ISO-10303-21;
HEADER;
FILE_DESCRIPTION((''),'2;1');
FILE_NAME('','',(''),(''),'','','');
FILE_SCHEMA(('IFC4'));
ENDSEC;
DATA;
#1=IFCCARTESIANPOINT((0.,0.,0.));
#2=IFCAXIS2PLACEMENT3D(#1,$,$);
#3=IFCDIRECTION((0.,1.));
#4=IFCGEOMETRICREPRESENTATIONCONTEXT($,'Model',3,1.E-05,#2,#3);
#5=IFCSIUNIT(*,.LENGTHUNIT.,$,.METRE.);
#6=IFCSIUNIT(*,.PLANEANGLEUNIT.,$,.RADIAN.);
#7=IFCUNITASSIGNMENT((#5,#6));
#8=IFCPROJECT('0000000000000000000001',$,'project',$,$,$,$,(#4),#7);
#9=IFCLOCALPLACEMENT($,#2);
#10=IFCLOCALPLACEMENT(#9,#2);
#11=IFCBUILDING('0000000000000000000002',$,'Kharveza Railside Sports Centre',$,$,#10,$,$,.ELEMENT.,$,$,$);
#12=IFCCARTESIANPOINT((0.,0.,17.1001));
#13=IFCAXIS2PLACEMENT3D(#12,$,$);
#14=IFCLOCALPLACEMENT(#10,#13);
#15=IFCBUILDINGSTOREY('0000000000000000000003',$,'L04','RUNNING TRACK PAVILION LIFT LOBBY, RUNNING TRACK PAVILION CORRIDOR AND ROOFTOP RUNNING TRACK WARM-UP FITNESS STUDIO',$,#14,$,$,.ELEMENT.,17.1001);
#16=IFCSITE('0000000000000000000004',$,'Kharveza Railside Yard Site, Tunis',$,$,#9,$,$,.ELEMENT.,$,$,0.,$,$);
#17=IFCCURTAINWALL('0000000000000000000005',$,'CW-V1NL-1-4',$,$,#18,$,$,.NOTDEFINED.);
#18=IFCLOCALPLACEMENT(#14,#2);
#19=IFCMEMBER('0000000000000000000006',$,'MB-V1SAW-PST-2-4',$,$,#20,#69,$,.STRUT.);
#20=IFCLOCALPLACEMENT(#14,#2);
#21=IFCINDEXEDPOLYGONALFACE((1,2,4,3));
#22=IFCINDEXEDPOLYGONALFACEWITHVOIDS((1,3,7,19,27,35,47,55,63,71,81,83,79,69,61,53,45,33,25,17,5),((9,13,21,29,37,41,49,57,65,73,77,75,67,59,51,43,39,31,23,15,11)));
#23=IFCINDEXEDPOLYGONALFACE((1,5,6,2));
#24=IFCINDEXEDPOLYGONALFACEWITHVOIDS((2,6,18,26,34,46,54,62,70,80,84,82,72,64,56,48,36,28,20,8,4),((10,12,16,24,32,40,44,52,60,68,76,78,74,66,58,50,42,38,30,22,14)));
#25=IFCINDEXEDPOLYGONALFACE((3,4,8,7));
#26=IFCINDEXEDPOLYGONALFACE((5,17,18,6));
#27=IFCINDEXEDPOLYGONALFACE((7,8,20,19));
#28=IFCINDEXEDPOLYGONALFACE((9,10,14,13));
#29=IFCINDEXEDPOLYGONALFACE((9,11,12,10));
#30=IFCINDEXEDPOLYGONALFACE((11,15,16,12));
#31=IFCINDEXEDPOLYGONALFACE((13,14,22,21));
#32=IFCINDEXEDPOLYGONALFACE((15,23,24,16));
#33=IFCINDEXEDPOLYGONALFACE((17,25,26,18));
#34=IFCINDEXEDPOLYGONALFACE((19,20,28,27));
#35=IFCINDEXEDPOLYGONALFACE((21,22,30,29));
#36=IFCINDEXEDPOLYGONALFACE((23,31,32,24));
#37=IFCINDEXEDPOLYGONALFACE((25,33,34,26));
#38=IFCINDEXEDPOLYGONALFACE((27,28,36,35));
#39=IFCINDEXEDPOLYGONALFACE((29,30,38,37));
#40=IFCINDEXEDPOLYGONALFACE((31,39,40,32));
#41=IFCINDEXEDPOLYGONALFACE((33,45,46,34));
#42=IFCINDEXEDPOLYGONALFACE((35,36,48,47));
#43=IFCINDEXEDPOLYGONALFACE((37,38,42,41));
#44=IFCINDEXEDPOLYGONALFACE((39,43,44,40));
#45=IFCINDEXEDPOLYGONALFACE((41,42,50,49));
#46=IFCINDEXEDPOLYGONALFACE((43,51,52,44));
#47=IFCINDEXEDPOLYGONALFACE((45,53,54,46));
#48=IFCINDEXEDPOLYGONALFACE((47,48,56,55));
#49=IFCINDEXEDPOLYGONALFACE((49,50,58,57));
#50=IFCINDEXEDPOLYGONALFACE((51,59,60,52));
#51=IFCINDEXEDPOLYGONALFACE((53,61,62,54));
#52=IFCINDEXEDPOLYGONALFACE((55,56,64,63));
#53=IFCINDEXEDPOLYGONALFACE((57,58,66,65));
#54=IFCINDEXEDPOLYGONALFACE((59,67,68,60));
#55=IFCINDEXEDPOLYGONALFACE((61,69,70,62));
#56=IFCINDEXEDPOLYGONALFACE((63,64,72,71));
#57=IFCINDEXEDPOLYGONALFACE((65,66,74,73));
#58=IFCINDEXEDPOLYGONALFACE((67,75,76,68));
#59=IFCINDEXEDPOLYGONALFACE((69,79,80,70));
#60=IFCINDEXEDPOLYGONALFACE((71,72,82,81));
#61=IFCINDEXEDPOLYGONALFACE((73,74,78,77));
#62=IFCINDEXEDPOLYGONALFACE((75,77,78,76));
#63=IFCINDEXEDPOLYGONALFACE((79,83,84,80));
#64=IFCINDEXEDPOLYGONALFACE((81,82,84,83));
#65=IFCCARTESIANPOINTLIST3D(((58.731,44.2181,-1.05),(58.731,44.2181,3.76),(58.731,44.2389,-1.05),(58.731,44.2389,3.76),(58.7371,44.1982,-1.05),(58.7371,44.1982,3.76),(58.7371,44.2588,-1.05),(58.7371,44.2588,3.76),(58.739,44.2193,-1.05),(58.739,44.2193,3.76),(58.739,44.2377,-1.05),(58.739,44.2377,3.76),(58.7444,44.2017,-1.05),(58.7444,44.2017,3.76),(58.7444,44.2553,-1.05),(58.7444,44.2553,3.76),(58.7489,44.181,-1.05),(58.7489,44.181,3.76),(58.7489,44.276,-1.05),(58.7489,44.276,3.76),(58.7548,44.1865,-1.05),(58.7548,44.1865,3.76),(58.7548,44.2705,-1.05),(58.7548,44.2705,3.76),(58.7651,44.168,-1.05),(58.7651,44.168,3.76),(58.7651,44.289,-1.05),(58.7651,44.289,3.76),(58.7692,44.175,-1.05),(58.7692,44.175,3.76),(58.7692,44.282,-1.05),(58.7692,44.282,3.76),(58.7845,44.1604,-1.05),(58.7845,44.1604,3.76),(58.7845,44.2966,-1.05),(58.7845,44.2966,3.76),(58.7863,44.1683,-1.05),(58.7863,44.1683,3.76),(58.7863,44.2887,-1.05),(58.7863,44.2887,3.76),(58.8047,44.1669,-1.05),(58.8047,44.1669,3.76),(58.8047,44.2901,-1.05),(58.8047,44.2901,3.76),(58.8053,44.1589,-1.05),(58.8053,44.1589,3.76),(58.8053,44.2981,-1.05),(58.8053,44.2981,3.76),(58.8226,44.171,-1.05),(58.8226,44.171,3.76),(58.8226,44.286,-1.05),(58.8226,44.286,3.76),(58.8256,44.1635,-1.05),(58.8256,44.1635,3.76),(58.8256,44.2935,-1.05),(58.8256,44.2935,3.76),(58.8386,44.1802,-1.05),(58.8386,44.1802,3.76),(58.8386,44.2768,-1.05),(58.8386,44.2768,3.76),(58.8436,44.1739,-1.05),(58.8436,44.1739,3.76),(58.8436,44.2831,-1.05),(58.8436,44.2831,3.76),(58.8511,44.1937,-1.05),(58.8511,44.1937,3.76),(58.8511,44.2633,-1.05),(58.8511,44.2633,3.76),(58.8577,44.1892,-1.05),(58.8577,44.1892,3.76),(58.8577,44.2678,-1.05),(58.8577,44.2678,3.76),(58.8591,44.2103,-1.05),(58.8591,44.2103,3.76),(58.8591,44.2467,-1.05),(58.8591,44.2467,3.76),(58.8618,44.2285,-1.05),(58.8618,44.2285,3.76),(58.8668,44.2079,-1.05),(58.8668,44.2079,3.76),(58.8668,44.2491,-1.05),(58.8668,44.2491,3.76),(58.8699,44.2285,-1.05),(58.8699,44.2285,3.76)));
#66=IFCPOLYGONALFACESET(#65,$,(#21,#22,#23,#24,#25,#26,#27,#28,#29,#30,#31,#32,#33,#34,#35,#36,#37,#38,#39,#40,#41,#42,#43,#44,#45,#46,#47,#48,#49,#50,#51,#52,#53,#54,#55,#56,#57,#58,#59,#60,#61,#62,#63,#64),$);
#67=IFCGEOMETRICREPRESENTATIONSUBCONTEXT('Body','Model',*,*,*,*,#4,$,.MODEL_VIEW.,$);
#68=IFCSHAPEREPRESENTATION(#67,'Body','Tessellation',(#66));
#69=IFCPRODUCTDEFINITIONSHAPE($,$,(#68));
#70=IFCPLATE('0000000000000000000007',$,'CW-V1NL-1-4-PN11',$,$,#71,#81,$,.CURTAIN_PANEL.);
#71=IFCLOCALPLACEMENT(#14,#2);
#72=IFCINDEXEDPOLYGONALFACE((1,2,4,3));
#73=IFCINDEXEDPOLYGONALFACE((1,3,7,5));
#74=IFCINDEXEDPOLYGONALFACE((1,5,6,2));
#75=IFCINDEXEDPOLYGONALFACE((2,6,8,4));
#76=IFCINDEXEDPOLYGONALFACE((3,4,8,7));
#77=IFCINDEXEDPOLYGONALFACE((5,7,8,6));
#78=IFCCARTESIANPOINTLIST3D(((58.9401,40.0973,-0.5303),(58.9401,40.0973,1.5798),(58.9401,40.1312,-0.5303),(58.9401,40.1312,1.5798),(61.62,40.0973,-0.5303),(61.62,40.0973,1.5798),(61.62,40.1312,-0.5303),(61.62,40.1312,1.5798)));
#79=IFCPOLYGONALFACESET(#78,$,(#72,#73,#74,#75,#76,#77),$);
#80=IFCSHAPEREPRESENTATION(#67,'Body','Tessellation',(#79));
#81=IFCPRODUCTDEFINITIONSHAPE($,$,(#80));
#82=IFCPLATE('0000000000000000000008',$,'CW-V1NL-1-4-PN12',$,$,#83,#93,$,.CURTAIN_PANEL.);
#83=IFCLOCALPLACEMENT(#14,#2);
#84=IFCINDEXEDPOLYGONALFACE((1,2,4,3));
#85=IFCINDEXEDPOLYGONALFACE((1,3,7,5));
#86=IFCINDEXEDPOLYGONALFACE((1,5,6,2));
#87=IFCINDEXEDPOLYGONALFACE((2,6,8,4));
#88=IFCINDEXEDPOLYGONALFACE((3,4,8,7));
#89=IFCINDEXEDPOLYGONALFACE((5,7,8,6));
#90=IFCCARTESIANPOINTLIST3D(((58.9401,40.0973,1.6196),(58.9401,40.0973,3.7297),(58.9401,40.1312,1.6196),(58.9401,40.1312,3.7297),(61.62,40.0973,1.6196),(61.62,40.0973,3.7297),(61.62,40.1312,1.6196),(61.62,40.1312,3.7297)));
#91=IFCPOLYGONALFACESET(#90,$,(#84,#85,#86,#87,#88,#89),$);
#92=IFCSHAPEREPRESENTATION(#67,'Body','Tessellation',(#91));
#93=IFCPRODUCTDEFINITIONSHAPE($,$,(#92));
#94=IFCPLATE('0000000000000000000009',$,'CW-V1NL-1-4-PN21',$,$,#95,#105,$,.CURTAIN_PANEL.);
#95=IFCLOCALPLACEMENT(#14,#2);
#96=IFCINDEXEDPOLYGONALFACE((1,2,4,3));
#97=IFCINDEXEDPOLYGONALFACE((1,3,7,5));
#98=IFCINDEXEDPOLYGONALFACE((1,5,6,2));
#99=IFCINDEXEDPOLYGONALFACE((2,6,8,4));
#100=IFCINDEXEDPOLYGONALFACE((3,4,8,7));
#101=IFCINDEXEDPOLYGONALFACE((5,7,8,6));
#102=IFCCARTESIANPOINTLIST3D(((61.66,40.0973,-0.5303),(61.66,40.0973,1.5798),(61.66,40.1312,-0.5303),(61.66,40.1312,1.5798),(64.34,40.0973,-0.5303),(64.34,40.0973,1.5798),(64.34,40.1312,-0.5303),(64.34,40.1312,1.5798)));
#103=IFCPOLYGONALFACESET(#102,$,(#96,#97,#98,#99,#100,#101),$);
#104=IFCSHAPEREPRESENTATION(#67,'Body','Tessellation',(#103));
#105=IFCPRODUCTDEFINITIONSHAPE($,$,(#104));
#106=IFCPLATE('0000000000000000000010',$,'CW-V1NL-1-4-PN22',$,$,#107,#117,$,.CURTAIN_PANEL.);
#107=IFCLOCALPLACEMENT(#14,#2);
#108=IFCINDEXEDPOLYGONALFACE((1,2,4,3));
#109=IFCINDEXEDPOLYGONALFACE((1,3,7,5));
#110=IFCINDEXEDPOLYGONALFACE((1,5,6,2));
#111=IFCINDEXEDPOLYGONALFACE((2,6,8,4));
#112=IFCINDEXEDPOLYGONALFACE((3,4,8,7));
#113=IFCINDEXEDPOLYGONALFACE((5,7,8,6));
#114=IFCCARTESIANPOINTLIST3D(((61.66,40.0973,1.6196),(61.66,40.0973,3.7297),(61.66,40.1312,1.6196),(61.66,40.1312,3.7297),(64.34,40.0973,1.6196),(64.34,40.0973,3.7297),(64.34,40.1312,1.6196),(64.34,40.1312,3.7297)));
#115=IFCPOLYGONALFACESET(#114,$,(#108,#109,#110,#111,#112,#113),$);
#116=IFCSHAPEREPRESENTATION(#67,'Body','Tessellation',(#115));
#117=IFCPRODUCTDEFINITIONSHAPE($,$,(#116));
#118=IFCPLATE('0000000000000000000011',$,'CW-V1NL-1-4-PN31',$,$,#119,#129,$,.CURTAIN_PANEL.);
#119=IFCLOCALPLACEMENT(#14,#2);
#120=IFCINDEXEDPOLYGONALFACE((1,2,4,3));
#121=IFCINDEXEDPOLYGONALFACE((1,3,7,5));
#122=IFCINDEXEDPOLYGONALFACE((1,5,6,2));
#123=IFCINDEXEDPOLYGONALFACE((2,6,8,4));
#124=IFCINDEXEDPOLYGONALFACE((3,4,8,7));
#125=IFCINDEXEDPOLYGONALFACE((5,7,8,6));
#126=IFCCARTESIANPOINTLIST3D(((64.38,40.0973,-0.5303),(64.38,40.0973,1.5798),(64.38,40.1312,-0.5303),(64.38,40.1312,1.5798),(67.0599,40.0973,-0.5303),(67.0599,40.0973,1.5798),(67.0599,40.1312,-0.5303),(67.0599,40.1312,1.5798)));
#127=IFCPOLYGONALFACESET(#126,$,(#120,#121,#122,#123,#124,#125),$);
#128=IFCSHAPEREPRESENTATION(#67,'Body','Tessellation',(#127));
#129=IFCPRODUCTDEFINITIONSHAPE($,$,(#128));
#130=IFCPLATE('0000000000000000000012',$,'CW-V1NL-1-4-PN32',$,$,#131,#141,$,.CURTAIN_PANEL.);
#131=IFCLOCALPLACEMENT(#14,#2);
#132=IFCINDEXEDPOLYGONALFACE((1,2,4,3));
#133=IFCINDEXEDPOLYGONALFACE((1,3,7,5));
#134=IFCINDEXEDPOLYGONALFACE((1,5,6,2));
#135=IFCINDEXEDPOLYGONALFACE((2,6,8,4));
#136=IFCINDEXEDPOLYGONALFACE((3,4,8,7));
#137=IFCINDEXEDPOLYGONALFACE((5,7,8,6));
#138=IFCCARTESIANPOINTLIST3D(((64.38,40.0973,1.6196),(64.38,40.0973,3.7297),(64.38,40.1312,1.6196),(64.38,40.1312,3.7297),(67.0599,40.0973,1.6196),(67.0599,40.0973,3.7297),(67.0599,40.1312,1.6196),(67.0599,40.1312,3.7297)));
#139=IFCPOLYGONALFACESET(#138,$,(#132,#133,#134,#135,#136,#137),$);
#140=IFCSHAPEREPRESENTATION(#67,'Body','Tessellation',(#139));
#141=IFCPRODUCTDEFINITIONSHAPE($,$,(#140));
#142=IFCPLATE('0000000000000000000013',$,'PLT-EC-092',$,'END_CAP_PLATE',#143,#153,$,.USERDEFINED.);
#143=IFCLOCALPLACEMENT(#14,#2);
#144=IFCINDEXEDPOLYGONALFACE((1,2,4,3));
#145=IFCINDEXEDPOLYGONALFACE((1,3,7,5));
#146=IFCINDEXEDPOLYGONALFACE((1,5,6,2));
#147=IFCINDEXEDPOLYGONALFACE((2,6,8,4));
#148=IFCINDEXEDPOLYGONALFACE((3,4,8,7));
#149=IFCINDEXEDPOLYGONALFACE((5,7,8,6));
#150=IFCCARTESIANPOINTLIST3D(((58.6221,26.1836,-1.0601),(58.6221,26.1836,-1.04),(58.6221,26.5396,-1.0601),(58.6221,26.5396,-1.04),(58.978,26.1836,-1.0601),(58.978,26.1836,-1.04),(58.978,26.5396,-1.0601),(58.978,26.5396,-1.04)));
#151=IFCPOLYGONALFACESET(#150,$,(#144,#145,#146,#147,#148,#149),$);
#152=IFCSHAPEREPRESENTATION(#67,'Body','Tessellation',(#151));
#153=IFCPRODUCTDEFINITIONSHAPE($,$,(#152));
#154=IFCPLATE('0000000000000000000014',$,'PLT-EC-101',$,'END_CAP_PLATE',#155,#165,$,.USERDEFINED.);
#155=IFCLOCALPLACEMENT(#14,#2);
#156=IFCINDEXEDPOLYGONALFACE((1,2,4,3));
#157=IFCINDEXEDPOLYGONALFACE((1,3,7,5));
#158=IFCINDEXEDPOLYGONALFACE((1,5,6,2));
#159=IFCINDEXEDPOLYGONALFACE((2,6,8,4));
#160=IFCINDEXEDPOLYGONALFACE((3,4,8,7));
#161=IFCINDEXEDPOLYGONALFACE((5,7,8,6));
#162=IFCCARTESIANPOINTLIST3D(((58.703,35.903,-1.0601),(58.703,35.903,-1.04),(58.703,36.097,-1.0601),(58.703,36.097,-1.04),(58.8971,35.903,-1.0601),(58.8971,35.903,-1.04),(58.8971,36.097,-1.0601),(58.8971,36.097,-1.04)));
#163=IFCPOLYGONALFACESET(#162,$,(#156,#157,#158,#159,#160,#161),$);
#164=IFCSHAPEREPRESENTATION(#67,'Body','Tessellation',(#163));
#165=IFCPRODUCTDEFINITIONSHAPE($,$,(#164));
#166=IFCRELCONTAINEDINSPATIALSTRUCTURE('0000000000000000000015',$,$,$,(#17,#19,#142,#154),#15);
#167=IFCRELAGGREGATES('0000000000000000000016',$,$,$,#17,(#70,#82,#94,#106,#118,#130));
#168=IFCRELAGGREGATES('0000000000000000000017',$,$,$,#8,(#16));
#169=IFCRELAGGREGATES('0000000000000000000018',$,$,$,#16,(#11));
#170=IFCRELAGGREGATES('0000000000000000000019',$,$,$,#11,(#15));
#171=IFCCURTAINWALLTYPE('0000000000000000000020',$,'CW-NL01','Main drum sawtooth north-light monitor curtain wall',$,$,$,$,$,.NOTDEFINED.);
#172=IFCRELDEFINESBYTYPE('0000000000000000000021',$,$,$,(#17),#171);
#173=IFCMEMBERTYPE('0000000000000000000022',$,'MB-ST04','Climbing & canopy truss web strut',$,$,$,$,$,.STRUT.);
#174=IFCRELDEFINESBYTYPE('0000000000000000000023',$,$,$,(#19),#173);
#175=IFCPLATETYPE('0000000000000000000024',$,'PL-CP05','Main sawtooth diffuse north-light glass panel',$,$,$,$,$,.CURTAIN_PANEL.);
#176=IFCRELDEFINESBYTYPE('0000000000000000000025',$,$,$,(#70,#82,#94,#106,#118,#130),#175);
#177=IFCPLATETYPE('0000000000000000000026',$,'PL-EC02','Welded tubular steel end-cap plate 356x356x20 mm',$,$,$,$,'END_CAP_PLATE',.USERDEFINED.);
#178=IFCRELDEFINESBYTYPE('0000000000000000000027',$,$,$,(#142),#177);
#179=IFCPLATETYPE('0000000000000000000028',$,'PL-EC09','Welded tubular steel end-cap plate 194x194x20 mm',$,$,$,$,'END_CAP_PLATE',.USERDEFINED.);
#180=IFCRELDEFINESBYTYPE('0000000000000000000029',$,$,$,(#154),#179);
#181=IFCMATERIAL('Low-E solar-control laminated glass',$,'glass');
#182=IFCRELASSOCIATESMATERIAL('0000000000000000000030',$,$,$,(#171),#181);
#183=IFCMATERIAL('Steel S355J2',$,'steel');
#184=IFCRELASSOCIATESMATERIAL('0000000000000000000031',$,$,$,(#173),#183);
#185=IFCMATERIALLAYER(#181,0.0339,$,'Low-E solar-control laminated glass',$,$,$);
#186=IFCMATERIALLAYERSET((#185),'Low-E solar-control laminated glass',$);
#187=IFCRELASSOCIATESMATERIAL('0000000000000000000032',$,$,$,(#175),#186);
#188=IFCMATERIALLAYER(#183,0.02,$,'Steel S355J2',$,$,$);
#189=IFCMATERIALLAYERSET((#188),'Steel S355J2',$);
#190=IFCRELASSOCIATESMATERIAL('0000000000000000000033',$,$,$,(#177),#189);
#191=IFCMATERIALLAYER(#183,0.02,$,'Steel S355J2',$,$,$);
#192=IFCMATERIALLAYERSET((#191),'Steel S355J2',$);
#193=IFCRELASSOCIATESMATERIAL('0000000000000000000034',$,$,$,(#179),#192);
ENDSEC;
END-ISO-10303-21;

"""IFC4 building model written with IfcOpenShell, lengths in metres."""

from ifc_helpers import new_model, si_unit, direction, frame, origin, origin_2d, place, context, subcontext, project, spatial, rectangle, hollow_circle, extrude, material, layer, layer_set, material_profile, profile_set, type_object, element, aggregate, save


model = new_model("IFC4")

# Units and contexts
model_context = context("Model", 3, precision=1e-05, world=origin(), true_north=direction((0.0, 1.0)))
body_context = subcontext(model_context, "Body", "Model", "MODEL_VIEW")
ifc_project = project(units=[si_unit("LENGTHUNIT", "METRE"), si_unit("PLANEANGLEUNIT", "RADIAN")], contexts=[model_context])

# Site, building, storey
site_placement = place(None, origin())
site = spatial("IfcSite", under=ifc_project, at=site_placement, Name="Kharveza Railside Yard Site, Tunis", CompositionType="ELEMENT", RefElevation=0.0)
building_placement = place(site_placement, origin())
building = spatial("IfcBuilding", under=site, at=building_placement, Name="Kharveza Railside Sports Centre", CompositionType="ELEMENT")
storey_placement = place(building_placement, frame((0.0, 0.0, 17.1001)))
storey = spatial("IfcBuildingStorey", under=building, at=storey_placement, Name="L04", Description="RUNNING TRACK PAVILION LIFT LOBBY, RUNNING TRACK PAVILION CORRIDOR AND ROOFTOP RUNNING TRACK WARM-UP FITNESS STUDIO", CompositionType="ELEMENT", Elevation=17.1001)

# Curtain wall
ifc_material_1 = material(Name="Low-E solar-control laminated glass", Category="glass")
curtain_wall_type = type_object("IfcCurtainWallType", Name="CW-NL01", Description="Main drum sawtooth north-light monitor curtain wall", PredefinedType="NOTDEFINED", material=ifc_material_1)
curtain_wall_1_placement = place(storey_placement, origin())
curtain_wall_1 = element("IfcCurtainWall", 1, at=curtain_wall_1_placement, inside=storey, type_object=curtain_wall_type, Name="CW-V1NL-1-4", PredefinedType="NOTDEFINED")

# Member
ifc_material_2 = material(Name="Steel S355J2", Category="steel")
ifc_material_profile_1 = material_profile(ifc_material_2, hollow_circle(Radius=0.0698, WallThickness=0.0081, at=origin_2d()), Name="CHS 139.7x8.0")
ifc_profile_set_1 = profile_set([ifc_material_profile_1], Name="Steel S355J2")
member_type_1 = type_object("IfcMemberType", Name="MB-ST04", Description="Climbing & canopy truss web strut", PredefinedType="STRUT", material=ifc_profile_set_1)
for number, where, z_axis, x_axis, name in (
    (2, (58.8, 44.2285, -1.05), (0.0, 0.0, 1.0), (1.0, 0.0, 0.0), "MB-V1SAW-PST-2-4"),
):
    element("IfcMember", number, at=place(storey_placement, frame(where, z_axis=z_axis, x_axis=x_axis)), inside=storey, type_object=member_type_1, Name=name, PredefinedType="STRUT", context=body_context, shape_type="SweptSolid", body=[
        extrude(hollow_circle(Radius=0.0698, WallThickness=0.0081, at=origin_2d()), origin(), (0.0, 0.0, 1.0), 4.8101),
    ])

# Plates
ifc_layer_1 = layer(ifc_material_1, 0.0339, Name="Low-E solar-control laminated glass")
ifc_layer_set_1 = layer_set([ifc_layer_1], Name="Low-E solar-control laminated glass")
plate_type_1 = type_object("IfcPlateType", Name="PL-CP05", Description="Main sawtooth diffuse north-light glass panel", PredefinedType="CURTAIN_PANEL", material=ifc_layer_set_1)
plate_1_placement = place(storey_placement, frame((60.28, 40.1143, -0.5303), z_axis=(0.0, 0.0, 1.0), x_axis=(1.0, 0.0, 0.0)))
plate_1 = element("IfcPlate", 3, at=plate_1_placement, type_object=plate_type_1, Name="CW-V1NL-1-4-PN11", PredefinedType="CURTAIN_PANEL", context=body_context, shape_type="SweptSolid", body=[
    extrude(rectangle(XDim=2.6799, YDim=0.0339, at=origin_2d()), origin(), (0.0, 0.0, 1.0), 2.1101),
])
plate_2_placement = place(storey_placement, frame((60.28, 40.1143, 1.6196), z_axis=(0.0, 0.0, 1.0), x_axis=(1.0, 0.0, 0.0)))
plate_2 = element("IfcPlate", 4, at=plate_2_placement, type_object=plate_type_1, Name="CW-V1NL-1-4-PN12", PredefinedType="CURTAIN_PANEL", context=body_context, shape_type="SweptSolid", body=[
    extrude(rectangle(XDim=2.6799, YDim=0.0339, at=origin_2d()), origin(), (0.0, 0.0, 1.0), 2.1101),
])
plate_3_placement = place(storey_placement, frame((63.0, 40.1143, -0.5303), z_axis=(0.0, 0.0, 1.0), x_axis=(1.0, 0.0, 0.0)))
plate_3 = element("IfcPlate", 5, at=plate_3_placement, type_object=plate_type_1, Name="CW-V1NL-1-4-PN21", PredefinedType="CURTAIN_PANEL", context=body_context, shape_type="SweptSolid", body=[
    extrude(rectangle(XDim=2.6799, YDim=0.0339, at=origin_2d()), origin(), (0.0, 0.0, 1.0), 2.1101),
])
plate_4_placement = place(storey_placement, frame((63.0, 40.1143, 1.6196), z_axis=(0.0, 0.0, 1.0), x_axis=(1.0, 0.0, 0.0)))
plate_4 = element("IfcPlate", 6, at=plate_4_placement, type_object=plate_type_1, Name="CW-V1NL-1-4-PN22", PredefinedType="CURTAIN_PANEL", context=body_context, shape_type="SweptSolid", body=[
    extrude(rectangle(XDim=2.6799, YDim=0.0339, at=origin_2d()), origin(), (0.0, 0.0, 1.0), 2.1101),
])
plate_5_placement = place(storey_placement, frame((65.72, 40.1143, -0.5303), z_axis=(0.0, 0.0, 1.0), x_axis=(1.0, 0.0, 0.0)))
plate_5 = element("IfcPlate", 7, at=plate_5_placement, type_object=plate_type_1, Name="CW-V1NL-1-4-PN31", PredefinedType="CURTAIN_PANEL", context=body_context, shape_type="SweptSolid", body=[
    extrude(rectangle(XDim=2.6799, YDim=0.0339, at=origin_2d()), origin(), (0.0, 0.0, 1.0), 2.1101),
])
plate_6_placement = place(storey_placement, frame((65.72, 40.1143, 1.6196), z_axis=(0.0, 0.0, 1.0), x_axis=(1.0, 0.0, 0.0)))
plate_6 = element("IfcPlate", 8, at=plate_6_placement, type_object=plate_type_1, Name="CW-V1NL-1-4-PN32", PredefinedType="CURTAIN_PANEL", context=body_context, shape_type="SweptSolid", body=[
    extrude(rectangle(XDim=2.6799, YDim=0.0339, at=origin_2d()), origin(), (0.0, 0.0, 1.0), 2.1101),
])
aggregate(curtain_wall_1, [plate_1, plate_2, plate_3, plate_4, plate_5, plate_6])

# Plates
ifc_layer_2 = layer(ifc_material_2, 0.02, Name="Steel S355J2")
ifc_layer_set_2 = layer_set([ifc_layer_2], Name="Steel S355J2")
plate_type_2 = type_object("IfcPlateType", Name="PL-EC02", Description="Welded tubular steel end-cap plate 356x356x20 mm", ElementType="END_CAP_PLATE", PredefinedType="USERDEFINED", material=ifc_layer_set_2)
plate_7_placement = place(storey_placement, frame((58.8, 26.3616, -1.0601), z_axis=(0.0, 0.0, 1.0), x_axis=(1.0, 0.0, 0.0)))
element("IfcPlate", 9, at=plate_7_placement, inside=storey, type_object=plate_type_2, Name="PLT-EC-092", ObjectType="END_CAP_PLATE", PredefinedType="USERDEFINED", context=body_context, shape_type="SweptSolid", body=[
    extrude(rectangle(XDim=0.356, YDim=0.356, at=origin_2d()), origin(), (0.0, 0.0, 1.0), 0.02),
])
ifc_layer_3 = layer(ifc_material_2, 0.02, Name="Steel S355J2")
ifc_layer_set_3 = layer_set([ifc_layer_3], Name="Steel S355J2")
plate_type_3 = type_object("IfcPlateType", Name="PL-EC09", Description="Welded tubular steel end-cap plate 194x194x20 mm", ElementType="END_CAP_PLATE", PredefinedType="USERDEFINED", material=ifc_layer_set_3)
plate_8_placement = place(storey_placement, frame((58.8, 36.0, -1.0601), z_axis=(0.0, 0.0, 1.0), x_axis=(1.0, 0.0, 0.0)))
element("IfcPlate", 10, at=plate_8_placement, inside=storey, type_object=plate_type_3, Name="PLT-EC-101", ObjectType="END_CAP_PLATE", PredefinedType="USERDEFINED", context=body_context, shape_type="SweptSolid", body=[
    extrude(rectangle(XDim=0.1941, YDim=0.1941, at=origin_2d()), origin(), (0.0, 0.0, 1.0), 0.02),
])

save(model, "model.ifc")
